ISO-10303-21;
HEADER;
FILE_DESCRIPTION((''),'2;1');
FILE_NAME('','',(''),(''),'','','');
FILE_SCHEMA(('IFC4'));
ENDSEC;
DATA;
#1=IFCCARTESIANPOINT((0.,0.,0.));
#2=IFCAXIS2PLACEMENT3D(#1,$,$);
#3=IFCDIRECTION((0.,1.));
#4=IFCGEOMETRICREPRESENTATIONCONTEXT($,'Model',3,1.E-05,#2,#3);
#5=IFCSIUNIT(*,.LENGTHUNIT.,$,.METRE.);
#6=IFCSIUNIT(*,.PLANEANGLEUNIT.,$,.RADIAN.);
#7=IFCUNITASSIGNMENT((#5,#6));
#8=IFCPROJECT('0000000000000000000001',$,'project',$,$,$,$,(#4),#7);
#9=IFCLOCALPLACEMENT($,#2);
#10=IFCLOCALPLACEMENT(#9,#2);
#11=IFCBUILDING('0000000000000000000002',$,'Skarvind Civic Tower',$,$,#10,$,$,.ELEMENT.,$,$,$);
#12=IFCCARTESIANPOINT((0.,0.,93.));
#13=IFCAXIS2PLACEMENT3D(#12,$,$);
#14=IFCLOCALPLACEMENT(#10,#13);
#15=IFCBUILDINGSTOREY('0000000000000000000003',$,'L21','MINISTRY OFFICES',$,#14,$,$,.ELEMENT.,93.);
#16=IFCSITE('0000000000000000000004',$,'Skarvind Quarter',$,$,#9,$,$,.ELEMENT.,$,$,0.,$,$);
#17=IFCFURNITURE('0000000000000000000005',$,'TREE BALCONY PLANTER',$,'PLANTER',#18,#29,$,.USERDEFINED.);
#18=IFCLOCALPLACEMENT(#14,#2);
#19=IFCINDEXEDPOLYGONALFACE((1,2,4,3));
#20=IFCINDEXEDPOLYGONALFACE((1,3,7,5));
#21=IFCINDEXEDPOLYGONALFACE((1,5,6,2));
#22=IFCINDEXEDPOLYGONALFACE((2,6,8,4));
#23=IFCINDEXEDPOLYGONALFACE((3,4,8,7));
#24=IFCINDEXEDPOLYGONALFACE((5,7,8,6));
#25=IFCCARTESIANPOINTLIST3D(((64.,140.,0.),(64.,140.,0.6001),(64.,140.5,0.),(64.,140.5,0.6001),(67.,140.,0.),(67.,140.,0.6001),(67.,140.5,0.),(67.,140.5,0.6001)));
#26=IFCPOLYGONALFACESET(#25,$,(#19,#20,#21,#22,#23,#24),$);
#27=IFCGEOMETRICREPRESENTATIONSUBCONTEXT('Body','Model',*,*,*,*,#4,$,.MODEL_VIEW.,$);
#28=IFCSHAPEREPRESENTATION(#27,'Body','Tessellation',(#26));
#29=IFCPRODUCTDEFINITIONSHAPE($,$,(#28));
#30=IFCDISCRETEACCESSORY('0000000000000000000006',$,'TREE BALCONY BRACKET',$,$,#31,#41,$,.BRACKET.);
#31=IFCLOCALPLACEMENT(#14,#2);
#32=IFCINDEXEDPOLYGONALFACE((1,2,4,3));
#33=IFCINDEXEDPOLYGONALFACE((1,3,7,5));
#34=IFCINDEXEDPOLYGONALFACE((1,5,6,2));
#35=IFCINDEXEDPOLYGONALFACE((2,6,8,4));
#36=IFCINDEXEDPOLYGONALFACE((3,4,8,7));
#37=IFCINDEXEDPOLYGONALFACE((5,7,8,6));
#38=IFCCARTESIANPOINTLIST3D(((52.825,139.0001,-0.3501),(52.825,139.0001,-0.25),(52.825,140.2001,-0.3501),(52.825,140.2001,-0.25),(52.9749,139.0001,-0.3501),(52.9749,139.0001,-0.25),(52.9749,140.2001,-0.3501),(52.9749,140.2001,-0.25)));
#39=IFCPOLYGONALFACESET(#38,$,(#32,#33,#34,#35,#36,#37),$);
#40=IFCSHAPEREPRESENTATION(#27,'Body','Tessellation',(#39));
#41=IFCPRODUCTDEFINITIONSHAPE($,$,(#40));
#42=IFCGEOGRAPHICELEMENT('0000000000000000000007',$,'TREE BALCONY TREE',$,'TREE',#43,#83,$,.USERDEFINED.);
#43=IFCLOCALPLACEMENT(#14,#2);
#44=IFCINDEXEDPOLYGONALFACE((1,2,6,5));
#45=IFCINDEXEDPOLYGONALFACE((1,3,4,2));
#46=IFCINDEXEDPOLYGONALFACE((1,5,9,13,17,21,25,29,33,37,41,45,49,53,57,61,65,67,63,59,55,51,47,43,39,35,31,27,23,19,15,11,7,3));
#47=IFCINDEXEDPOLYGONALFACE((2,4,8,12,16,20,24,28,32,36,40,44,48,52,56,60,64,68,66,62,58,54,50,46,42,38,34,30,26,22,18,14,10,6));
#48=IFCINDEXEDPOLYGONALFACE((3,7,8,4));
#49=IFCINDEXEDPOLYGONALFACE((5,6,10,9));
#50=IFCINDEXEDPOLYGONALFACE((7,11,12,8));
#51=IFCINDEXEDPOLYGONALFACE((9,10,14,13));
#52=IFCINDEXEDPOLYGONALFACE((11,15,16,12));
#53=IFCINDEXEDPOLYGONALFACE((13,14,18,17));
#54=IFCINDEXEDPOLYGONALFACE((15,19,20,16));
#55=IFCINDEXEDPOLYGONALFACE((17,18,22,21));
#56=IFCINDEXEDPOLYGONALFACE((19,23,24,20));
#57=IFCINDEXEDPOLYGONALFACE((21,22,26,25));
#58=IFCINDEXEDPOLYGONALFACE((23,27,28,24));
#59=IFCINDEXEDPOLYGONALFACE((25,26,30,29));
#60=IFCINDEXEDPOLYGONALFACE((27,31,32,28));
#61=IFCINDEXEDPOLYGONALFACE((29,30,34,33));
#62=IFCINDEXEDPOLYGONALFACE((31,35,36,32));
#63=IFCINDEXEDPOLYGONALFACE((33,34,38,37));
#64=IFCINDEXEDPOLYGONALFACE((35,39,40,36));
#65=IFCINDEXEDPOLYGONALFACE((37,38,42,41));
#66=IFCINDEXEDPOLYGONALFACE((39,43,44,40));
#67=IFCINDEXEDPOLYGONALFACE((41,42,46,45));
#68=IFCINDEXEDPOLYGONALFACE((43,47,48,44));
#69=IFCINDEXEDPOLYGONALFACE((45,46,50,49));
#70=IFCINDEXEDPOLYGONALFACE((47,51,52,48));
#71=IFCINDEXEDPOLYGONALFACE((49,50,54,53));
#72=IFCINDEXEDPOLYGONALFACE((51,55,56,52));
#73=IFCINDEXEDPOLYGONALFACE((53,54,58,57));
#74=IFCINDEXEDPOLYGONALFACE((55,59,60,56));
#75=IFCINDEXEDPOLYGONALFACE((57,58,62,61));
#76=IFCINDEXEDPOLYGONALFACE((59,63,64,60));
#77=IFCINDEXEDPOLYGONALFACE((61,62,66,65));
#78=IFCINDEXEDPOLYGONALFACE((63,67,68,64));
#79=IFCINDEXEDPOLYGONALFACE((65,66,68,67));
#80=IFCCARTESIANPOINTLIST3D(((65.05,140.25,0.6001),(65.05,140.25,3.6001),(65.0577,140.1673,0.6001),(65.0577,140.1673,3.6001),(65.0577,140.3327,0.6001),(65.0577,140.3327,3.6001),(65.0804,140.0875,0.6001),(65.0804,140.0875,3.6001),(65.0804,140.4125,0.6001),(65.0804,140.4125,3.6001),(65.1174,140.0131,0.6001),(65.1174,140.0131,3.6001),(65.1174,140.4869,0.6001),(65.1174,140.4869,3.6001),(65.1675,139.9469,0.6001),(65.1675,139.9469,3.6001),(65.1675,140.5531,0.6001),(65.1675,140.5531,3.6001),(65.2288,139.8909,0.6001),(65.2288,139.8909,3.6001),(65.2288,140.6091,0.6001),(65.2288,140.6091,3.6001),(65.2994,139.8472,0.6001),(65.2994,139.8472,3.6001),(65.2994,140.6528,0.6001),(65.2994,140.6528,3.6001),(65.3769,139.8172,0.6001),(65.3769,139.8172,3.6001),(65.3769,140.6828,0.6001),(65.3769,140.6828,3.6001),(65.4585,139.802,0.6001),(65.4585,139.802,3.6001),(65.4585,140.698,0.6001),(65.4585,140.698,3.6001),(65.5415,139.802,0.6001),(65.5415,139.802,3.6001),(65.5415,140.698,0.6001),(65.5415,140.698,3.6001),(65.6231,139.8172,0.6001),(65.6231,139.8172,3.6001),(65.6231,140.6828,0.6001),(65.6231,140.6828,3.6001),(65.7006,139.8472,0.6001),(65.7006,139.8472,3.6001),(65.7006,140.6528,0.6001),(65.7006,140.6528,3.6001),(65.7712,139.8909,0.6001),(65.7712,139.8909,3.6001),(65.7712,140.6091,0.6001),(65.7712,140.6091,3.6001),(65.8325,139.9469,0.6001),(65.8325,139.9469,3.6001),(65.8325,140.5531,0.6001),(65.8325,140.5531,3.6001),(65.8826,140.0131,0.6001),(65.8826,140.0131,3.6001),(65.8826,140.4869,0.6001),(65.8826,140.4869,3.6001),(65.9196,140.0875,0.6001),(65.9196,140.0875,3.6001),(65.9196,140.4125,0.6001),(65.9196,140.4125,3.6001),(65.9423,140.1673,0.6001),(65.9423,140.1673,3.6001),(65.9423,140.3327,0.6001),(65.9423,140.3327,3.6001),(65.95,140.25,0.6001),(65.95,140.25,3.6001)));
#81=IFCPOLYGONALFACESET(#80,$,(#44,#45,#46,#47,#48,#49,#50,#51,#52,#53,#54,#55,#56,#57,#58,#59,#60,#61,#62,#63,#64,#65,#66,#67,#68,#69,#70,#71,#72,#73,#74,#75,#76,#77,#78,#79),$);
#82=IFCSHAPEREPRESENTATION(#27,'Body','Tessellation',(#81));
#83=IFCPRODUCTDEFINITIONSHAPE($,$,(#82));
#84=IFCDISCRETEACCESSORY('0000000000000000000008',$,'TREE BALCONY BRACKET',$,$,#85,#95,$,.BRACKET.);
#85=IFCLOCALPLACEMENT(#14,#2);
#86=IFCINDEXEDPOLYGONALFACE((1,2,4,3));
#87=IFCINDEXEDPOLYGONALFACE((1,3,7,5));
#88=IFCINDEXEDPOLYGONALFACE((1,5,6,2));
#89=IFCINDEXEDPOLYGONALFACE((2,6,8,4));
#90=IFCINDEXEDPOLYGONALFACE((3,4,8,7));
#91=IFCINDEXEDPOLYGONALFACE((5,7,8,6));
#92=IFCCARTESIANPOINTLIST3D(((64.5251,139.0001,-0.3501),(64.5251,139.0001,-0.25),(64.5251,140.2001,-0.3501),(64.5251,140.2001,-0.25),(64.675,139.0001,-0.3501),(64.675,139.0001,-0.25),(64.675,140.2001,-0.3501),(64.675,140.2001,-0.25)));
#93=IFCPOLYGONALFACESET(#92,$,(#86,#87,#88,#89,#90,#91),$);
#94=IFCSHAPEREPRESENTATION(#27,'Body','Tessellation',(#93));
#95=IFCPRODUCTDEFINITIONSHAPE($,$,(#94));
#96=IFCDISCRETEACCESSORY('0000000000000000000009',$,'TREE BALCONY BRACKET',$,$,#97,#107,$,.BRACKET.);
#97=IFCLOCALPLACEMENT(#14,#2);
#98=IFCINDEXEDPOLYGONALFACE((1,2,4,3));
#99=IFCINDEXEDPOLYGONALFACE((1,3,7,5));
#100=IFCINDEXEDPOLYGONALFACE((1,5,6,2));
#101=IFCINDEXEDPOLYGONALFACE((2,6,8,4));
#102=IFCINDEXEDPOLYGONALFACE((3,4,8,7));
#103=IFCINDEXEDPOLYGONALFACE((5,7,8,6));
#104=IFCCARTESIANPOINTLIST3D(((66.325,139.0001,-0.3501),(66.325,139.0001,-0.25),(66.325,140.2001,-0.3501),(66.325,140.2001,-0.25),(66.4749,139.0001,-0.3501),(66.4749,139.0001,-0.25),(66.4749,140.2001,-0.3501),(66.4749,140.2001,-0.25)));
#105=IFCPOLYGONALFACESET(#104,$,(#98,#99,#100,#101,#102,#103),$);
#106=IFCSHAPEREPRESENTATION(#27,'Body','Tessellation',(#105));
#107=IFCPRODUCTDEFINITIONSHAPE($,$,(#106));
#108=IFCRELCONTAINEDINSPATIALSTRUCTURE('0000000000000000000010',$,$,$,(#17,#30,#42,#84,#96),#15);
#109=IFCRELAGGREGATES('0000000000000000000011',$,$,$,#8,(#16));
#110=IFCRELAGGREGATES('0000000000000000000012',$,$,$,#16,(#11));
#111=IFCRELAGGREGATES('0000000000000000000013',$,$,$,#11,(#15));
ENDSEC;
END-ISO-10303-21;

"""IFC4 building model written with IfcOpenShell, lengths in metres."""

from ifc_helpers import new_model, si_unit, direction, frame, origin, origin_2d, place, context, subcontext, project, spatial, rectangle, circle, extrude, element, save


model = new_model("IFC4")

# Units and contexts
model_context = context("Model", 3, precision=1e-05, world=origin(), true_north=direction((0.0, 1.0)))
body_context = subcontext(model_context, "Body", "Model", "MODEL_VIEW")
ifc_project = project(units=[si_unit("LENGTHUNIT", "METRE"), si_unit("PLANEANGLEUNIT", "RADIAN")], contexts=[model_context])

# Site, building, storey
site_placement = place(None, origin())
site = spatial("IfcSite", under=ifc_project, at=site_placement, Name="Skarvind Quarter", CompositionType="ELEMENT", RefElevation=0.0)
building_placement = place(site_placement, origin())
building = spatial("IfcBuilding", under=site, at=building_placement, Name="Skarvind Civic Tower", CompositionType="ELEMENT")
storey_placement = place(building_placement, frame((0.0, 0.0, 93.0)))
storey = spatial("IfcBuildingStorey", under=building, at=storey_placement, Name="L21", Description="MINISTRY OFFICES", CompositionType="ELEMENT", Elevation=93.0)

# Furniture
furniture_placement = place(storey_placement, frame((65.5, 140.25, 0.0), z_axis=(0.0, 0.0, 1.0), x_axis=(1.0, 0.0, 0.0)))
element("IfcFurniture", 1, at=furniture_placement, inside=storey, Name="TREE BALCONY PLANTER", ObjectType="PLANTER", PredefinedType="USERDEFINED", context=body_context, shape_type="SweptSolid", body=[
    extrude(rectangle(XDim=3.0, YDim=0.5, at=origin_2d()), origin(), (0.0, 0.0, 1.0), 0.6001),
])

# Discrete accessory
discrete_accessory_placement = place(storey_placement, frame((52.8999, 139.6001, -0.3501), z_axis=(0.0, 0.0, 1.0), x_axis=(1.0, 0.0, 0.0)))
element("IfcDiscreteAccessory", 2, at=discrete_accessory_placement, inside=storey, Name="TREE BALCONY BRACKET", PredefinedType="BRACKET", context=body_context, shape_type="SweptSolid", body=[
    extrude(rectangle(XDim=0.1499, YDim=1.2, at=origin_2d()), origin(), (0.0, 0.0, 1.0), 0.1001),
])

# Geographic element
geographic_element_placement = place(storey_placement, frame((65.5, 140.25, 0.6001), z_axis=(0.0, 0.0, 1.0), x_axis=(1.0, 0.0, 0.0)))
element("IfcGeographicElement", 3, at=geographic_element_placement, inside=storey, Name="TREE BALCONY TREE", ObjectType="TREE", PredefinedType="USERDEFINED", context=body_context, shape_type="SweptSolid", body=[
    extrude(circle(Radius=0.45, at=origin_2d()), origin(), (0.0, 0.0, 1.0), 3.0),
])

# Discrete accessories
for number, where, z_axis, x_axis, name in (
    (4, (64.6001, 139.6001, -0.3501), (0.0, 0.0, 1.0), (1.0, 0.0, 0.0), "TREE BALCONY BRACKET"),
    (5, (66.3999, 139.6001, -0.3501), (0.0, 0.0, 1.0), (1.0, 0.0, 0.0), "TREE BALCONY BRACKET"),
):
    element("IfcDiscreteAccessory", number, at=place(storey_placement, frame(where, z_axis=z_axis, x_axis=x_axis)), inside=storey, Name=name, PredefinedType="BRACKET", context=body_context, shape_type="SweptSolid", body=[
        extrude(rectangle(XDim=0.1499, YDim=1.2, at=origin_2d()), origin(), (0.0, 0.0, 1.0), 0.1001),
    ])

save(model, "model.ifc")
